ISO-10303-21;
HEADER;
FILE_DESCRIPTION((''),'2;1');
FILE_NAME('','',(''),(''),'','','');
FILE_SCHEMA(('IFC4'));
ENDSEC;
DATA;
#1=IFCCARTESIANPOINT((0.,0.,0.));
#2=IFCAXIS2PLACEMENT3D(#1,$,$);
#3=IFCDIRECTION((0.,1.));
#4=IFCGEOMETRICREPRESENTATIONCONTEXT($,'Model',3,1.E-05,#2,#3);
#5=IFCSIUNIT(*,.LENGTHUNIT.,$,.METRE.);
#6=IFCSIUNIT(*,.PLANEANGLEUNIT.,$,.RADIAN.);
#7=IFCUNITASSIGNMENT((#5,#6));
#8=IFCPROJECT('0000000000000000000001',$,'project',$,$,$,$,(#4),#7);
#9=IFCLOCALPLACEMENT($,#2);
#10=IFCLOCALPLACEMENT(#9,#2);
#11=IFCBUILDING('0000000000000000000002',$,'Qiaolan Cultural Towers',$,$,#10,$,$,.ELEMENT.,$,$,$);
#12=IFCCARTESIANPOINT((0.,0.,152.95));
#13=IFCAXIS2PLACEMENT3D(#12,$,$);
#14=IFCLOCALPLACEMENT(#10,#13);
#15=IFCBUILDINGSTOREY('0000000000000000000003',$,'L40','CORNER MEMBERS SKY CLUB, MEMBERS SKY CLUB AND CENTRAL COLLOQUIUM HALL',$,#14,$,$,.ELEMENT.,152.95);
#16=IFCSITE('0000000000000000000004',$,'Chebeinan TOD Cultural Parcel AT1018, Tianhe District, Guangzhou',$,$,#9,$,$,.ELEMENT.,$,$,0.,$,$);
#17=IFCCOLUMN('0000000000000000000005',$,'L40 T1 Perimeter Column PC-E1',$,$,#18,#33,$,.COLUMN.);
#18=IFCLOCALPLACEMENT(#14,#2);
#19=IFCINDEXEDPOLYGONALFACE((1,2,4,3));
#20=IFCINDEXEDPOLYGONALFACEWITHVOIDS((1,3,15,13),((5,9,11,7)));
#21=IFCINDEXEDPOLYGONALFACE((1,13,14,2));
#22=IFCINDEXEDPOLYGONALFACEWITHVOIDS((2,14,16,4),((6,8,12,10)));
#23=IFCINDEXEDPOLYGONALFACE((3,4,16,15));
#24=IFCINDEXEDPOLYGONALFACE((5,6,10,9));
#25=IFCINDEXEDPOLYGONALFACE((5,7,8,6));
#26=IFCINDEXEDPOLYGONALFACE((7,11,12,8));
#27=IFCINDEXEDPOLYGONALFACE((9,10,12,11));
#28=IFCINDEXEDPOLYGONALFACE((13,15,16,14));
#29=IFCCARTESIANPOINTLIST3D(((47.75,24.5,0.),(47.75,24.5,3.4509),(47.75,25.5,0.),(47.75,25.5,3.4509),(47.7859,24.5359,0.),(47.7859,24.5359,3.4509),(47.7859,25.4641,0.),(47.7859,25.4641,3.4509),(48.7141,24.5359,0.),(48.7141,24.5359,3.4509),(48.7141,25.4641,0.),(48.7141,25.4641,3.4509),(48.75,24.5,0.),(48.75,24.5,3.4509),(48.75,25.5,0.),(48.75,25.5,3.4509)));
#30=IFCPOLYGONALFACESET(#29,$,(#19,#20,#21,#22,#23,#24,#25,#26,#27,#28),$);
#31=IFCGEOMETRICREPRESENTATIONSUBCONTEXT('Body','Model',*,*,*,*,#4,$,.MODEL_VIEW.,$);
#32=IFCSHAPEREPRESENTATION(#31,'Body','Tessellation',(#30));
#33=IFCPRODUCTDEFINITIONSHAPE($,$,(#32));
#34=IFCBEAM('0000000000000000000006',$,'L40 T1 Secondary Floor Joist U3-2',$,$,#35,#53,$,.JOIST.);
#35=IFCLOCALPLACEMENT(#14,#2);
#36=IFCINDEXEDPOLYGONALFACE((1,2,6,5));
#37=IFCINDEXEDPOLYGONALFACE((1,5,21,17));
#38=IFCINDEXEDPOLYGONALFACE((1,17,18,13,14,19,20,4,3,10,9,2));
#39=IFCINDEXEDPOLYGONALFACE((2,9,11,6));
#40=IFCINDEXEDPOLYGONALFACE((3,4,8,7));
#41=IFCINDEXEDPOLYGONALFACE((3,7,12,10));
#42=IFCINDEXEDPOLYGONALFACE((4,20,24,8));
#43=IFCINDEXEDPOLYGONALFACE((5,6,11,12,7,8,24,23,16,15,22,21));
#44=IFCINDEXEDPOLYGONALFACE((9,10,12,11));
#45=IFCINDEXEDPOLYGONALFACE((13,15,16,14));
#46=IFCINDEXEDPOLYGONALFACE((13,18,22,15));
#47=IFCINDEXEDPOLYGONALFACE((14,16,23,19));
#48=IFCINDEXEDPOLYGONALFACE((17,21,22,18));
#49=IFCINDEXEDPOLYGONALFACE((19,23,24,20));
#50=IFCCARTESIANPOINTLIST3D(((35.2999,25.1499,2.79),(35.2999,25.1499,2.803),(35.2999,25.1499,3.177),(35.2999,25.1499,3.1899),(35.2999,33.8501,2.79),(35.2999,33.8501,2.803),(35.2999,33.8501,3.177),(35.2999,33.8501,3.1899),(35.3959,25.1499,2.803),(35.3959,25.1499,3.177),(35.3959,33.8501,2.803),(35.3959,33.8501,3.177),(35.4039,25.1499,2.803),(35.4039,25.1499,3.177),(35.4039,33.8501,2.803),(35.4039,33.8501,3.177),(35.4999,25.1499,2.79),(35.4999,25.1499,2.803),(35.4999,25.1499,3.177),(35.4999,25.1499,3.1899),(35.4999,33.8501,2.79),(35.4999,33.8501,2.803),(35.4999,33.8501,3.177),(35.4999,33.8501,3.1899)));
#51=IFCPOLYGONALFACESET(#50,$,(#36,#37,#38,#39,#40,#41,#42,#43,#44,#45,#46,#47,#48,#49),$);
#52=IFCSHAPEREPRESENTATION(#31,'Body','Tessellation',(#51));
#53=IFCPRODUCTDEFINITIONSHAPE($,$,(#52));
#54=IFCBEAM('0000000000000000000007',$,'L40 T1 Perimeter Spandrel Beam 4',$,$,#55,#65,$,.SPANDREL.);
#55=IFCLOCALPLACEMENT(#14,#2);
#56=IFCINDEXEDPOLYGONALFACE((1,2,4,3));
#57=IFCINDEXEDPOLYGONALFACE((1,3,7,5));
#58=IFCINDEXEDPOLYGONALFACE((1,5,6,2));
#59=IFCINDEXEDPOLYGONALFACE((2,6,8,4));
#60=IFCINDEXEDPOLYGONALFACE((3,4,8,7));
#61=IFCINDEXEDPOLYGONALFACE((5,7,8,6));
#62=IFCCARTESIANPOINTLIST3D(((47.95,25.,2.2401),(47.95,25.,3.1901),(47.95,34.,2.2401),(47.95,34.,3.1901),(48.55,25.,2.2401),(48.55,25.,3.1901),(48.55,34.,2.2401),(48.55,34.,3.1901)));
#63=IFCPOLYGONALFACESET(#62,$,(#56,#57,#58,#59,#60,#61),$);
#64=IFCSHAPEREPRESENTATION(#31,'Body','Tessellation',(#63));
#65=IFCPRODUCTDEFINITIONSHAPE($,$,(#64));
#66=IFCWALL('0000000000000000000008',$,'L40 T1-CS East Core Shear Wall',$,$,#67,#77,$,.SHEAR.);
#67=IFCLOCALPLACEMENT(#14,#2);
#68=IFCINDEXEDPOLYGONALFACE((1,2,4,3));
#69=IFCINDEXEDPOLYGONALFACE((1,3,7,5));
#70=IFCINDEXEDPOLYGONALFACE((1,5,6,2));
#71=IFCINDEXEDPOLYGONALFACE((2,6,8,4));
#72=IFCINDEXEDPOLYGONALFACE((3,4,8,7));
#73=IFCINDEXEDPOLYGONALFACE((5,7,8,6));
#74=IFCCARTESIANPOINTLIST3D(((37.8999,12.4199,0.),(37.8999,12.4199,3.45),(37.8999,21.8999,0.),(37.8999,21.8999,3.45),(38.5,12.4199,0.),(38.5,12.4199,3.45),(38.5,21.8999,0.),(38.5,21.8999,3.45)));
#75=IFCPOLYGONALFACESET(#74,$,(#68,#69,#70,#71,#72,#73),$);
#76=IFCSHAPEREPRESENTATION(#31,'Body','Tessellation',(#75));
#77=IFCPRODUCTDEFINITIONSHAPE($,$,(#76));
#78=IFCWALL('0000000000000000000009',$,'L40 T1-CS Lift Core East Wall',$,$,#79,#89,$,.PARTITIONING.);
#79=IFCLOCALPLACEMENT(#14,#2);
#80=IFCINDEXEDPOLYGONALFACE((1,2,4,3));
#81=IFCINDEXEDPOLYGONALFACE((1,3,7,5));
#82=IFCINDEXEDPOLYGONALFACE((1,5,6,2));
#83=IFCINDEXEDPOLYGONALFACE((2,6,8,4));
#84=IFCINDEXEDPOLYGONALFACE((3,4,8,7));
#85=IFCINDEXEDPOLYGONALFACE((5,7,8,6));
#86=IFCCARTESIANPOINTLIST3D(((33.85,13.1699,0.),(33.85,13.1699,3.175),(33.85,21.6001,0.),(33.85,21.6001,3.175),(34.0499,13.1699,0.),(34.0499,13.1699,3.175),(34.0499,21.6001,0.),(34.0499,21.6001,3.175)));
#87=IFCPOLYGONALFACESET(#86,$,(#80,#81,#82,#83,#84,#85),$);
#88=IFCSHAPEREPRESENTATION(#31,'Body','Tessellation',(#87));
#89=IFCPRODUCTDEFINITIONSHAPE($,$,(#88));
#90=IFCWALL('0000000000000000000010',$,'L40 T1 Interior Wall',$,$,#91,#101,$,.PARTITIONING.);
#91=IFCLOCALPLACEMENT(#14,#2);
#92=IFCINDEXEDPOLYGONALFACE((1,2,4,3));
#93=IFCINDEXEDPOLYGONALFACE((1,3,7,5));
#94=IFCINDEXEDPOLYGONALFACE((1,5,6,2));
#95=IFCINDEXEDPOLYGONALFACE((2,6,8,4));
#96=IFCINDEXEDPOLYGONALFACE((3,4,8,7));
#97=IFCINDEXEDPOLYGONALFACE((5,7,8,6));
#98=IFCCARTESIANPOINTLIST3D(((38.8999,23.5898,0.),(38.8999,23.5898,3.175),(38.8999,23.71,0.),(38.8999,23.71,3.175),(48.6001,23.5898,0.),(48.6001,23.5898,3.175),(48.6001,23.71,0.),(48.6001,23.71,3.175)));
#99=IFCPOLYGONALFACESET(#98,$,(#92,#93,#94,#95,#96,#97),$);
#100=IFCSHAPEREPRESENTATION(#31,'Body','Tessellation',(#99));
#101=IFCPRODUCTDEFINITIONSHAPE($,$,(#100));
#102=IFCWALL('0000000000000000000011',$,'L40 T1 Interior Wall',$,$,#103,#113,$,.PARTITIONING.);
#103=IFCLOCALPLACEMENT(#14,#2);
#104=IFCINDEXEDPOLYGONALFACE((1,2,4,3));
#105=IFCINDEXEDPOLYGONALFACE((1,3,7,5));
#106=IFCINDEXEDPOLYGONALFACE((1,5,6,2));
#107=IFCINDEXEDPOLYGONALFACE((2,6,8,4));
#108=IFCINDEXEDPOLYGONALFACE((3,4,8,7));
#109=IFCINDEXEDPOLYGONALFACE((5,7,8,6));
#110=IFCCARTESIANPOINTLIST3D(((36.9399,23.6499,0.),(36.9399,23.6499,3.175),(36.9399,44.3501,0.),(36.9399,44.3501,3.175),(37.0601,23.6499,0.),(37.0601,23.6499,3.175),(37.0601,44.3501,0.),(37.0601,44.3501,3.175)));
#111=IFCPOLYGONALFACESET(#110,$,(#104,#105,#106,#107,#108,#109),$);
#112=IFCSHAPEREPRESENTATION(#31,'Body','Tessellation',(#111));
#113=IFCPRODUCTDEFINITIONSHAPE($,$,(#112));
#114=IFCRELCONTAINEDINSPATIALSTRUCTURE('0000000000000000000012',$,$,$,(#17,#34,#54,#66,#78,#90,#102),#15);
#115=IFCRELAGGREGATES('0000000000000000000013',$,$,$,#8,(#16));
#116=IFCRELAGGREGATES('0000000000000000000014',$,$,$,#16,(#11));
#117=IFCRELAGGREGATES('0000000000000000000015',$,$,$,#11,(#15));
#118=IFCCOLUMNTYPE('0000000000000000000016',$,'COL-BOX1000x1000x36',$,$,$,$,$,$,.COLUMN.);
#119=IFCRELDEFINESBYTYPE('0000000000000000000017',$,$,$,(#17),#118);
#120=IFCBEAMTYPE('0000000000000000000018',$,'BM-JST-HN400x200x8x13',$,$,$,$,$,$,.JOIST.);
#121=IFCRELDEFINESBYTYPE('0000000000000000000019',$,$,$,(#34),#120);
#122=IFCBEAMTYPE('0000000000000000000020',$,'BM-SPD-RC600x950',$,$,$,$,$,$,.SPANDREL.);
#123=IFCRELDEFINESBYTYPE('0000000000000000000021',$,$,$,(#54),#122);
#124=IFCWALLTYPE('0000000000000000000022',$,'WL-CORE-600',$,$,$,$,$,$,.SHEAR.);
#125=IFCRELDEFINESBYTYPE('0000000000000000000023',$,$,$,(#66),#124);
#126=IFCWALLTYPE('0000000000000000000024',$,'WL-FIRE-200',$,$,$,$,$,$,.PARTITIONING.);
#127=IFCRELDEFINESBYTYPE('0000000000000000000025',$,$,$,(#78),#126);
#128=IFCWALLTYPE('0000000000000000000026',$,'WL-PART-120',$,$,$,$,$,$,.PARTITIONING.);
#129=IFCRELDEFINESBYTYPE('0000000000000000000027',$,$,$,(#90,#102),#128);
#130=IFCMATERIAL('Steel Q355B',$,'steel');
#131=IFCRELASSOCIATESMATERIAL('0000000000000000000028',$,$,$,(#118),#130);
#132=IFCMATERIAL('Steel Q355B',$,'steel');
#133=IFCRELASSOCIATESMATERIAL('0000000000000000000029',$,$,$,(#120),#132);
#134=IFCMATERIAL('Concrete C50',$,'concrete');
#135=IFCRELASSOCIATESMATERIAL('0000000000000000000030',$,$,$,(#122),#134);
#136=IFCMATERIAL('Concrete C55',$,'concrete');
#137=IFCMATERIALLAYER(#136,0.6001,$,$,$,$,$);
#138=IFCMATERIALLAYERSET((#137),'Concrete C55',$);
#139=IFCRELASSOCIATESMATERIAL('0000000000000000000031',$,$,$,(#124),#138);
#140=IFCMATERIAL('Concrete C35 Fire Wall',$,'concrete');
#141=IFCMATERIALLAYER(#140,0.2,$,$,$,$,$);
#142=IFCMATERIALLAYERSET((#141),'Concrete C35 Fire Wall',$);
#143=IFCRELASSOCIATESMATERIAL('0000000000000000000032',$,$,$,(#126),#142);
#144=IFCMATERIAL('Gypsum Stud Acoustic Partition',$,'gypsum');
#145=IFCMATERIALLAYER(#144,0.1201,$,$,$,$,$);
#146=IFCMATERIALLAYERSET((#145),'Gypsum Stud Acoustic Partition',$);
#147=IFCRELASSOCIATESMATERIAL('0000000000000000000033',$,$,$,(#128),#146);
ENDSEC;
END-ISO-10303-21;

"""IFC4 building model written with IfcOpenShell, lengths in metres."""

from ifc_helpers import new_model, si_unit, direction, frame, frame_2d, origin, origin_2d, place, context, subcontext, project, spatial, rectangle, hollow_rectangle, i_section, extrude, material, layer, layer_set, material_profile, profile_set, type_object, element, save


model = new_model("IFC4")

# Units and contexts
model_context = context("Model", 3, precision=1e-05, world=origin(), true_north=direction((0.0, 1.0)))
body_context = subcontext(model_context, "Body", "Model", "MODEL_VIEW")
ifc_project = project(units=[si_unit("LENGTHUNIT", "METRE"), si_unit("PLANEANGLEUNIT", "RADIAN")], contexts=[model_context])

# Site, building, storey
site_placement = place(None, origin())
site = spatial("IfcSite", under=ifc_project, at=site_placement, Name="Chebeinan TOD Cultural Parcel AT1018, Tianhe District, Guangzhou", CompositionType="ELEMENT", RefElevation=0.0)
building_placement = place(site_placement, origin())
building = spatial("IfcBuilding", under=site, at=building_placement, Name="Qiaolan Cultural Towers", CompositionType="ELEMENT")
storey_placement = place(building_placement, frame((0.0, 0.0, 152.95)))
storey = spatial("IfcBuildingStorey", under=building, at=storey_placement, Name="L40", Description="CORNER MEMBERS SKY CLUB, MEMBERS SKY CLUB AND CENTRAL COLLOQUIUM HALL", CompositionType="ELEMENT", Elevation=152.95)

# Column
ifc_material_1 = material(Name="Steel Q355B", Category="steel")
ifc_material_profile_1 = material_profile(ifc_material_1, hollow_rectangle(XDim=1.0, YDim=1.0, WallThickness=0.0359, at=origin_2d()), Name="BOX1000x1000x36")
ifc_profile_set_1 = profile_set([ifc_material_profile_1], Name="Steel Q355B")
column_type = type_object("IfcColumnType", Name="COL-BOX1000x1000x36", PredefinedType="COLUMN", material=ifc_profile_set_1)
column_placement = place(storey_placement, frame((48.25, 25.0, 0.0), z_axis=(0.0, 0.0, 1.0), x_axis=(1.0, 0.0, 0.0)))
element("IfcColumn", 1, at=column_placement, inside=storey, type_object=column_type, Name="L40 T1 Perimeter Column PC-E1", PredefinedType="COLUMN", context=body_context, shape_type="SweptSolid", body=[
    extrude(hollow_rectangle(XDim=1.0, YDim=1.0, WallThickness=0.0359, at=origin_2d()), origin(), (0.0, 0.0, 1.0), 3.4509),
])

# Beams
ifc_material_2 = material(Name="Steel Q355B", Category="steel")
ifc_material_profile_2 = material_profile(ifc_material_2, i_section(OverallWidth=0.2, OverallDepth=0.3999, WebThickness=0.0081, FlangeThickness=0.0129, at=origin_2d()), Name="HN400x200x8x13")
ifc_profile_set_2 = profile_set([ifc_material_profile_2], Name="Steel Q355B")
beam_type_1 = type_object("IfcBeamType", Name="BM-JST-HN400x200x8x13", PredefinedType="JOIST", material=ifc_profile_set_2)
beam_1_placement = place(storey_placement, frame((35.3999, 25.1499, 2.99), z_axis=(0.0, 1.0, 0.0), x_axis=(-1.0, 0.0, 0.0)))
element("IfcBeam", 2, at=beam_1_placement, inside=storey, type_object=beam_type_1, Name="L40 T1 Secondary Floor Joist U3-2", PredefinedType="JOIST", context=body_context, shape_type="SweptSolid", body=[
    extrude(i_section(OverallWidth=0.2, OverallDepth=0.3999, WebThickness=0.0081, FlangeThickness=0.0129, at=origin_2d()), origin(), (0.0, 0.0, 1.0), 8.7002),
])
ifc_material_3 = material(Name="Concrete C50", Category="concrete")
ifc_material_profile_3 = material_profile(ifc_material_3, rectangle(XDim=0.6001, YDim=0.95, at=origin_2d()), Name="RC600x950")
ifc_profile_set_3 = profile_set([ifc_material_profile_3], Name="Concrete C50")
beam_type_2 = type_object("IfcBeamType", Name="BM-SPD-RC600x950", PredefinedType="SPANDREL", material=ifc_profile_set_3)
beam_2_placement = place(storey_placement, frame((48.25, 25.0, 2.7151), z_axis=(0.0, 1.0, 0.0), x_axis=(-1.0, 0.0, 0.0)))
element("IfcBeam", 3, at=beam_2_placement, inside=storey, type_object=beam_type_2, Name="L40 T1 Perimeter Spandrel Beam 4", PredefinedType="SPANDREL", context=body_context, shape_type="SweptSolid", body=[
    extrude(rectangle(XDim=0.6001, YDim=0.95, at=origin_2d()), origin(), (0.0, 0.0, 1.0), 9.0),
])

# Walls
ifc_material_4 = material(Name="Concrete C55", Category="concrete")
ifc_layer_1 = layer(ifc_material_4, 0.6001)
ifc_layer_set_1 = layer_set([ifc_layer_1], Name="Concrete C55")
wall_type_1 = type_object("IfcWallType", Name="WL-CORE-600", PredefinedType="SHEAR", material=ifc_layer_set_1)
wall_1_placement = place(storey_placement, frame((38.2, 21.8999, 0.0), z_axis=(0.0, 0.0, 1.0), x_axis=(0.0, -1.0, 0.0)))
element("IfcWall", 4, at=wall_1_placement, inside=storey, type_object=wall_type_1, Name="L40 T1-CS East Core Shear Wall", PredefinedType="SHEAR", context=body_context, shape_type="SweptSolid", body=[
    extrude(rectangle(XDim=9.48, YDim=0.6001, at=frame_2d((4.74, 0.0))), origin(), (0.0, 0.0, 1.0), 3.45),
])
ifc_material_5 = material(Name="Concrete C35 Fire Wall", Category="concrete")
ifc_layer_2 = layer(ifc_material_5, 0.2)
ifc_layer_set_2 = layer_set([ifc_layer_2], Name="Concrete C35 Fire Wall")
wall_type_2 = type_object("IfcWallType", Name="WL-FIRE-200", PredefinedType="PARTITIONING", material=ifc_layer_set_2)
wall_2_placement = place(storey_placement, frame((33.95, 21.6001, 0.0), z_axis=(0.0, 0.0, 1.0), x_axis=(0.0, -1.0, 0.0)))
element("IfcWall", 5, at=wall_2_placement, inside=storey, type_object=wall_type_2, Name="L40 T1-CS Lift Core East Wall", PredefinedType="PARTITIONING", context=body_context, shape_type="SweptSolid", body=[
    extrude(rectangle(XDim=8.4302, YDim=0.2, at=frame_2d((4.2151, 0.0))), origin(), (0.0, 0.0, 1.0), 3.175),
])
ifc_material_6 = material(Name="Gypsum Stud Acoustic Partition", Category="gypsum")
ifc_layer_3 = layer(ifc_material_6, 0.1201)
ifc_layer_set_3 = layer_set([ifc_layer_3], Name="Gypsum Stud Acoustic Partition")
wall_type_3 = type_object("IfcWallType", Name="WL-PART-120", PredefinedType="PARTITIONING", material=ifc_layer_set_3)
wall_3_placement = place(storey_placement, frame((38.8999, 23.6499, 0.0), z_axis=(0.0, 0.0, 1.0), x_axis=(1.0, 0.0, 0.0)))
element("IfcWall", 6, at=wall_3_placement, inside=storey, type_object=wall_type_3, Name="L40 T1 Interior Wall", PredefinedType="PARTITIONING", context=body_context, shape_type="SweptSolid", body=[
    extrude(rectangle(XDim=9.7002, YDim=0.1201, at=frame_2d((4.8501, 0.0))), origin(), (0.0, 0.0, 1.0), 3.175),
])
wall_4_placement = place(storey_placement, frame((37.0, 23.6499, 0.0), z_axis=(0.0, 0.0, 1.0), x_axis=(0.0, 1.0, 0.0)))
element("IfcWall", 7, at=wall_4_placement, inside=storey, type_object=wall_type_3, Name="L40 T1 Interior Wall", PredefinedType="PARTITIONING", context=body_context, shape_type="SweptSolid", body=[
    extrude(rectangle(XDim=20.7002, YDim=0.1201, at=frame_2d((10.3501, 0.0))), origin(), (0.0, 0.0, 1.0), 3.175),
])

save(model, "model.ifc")
